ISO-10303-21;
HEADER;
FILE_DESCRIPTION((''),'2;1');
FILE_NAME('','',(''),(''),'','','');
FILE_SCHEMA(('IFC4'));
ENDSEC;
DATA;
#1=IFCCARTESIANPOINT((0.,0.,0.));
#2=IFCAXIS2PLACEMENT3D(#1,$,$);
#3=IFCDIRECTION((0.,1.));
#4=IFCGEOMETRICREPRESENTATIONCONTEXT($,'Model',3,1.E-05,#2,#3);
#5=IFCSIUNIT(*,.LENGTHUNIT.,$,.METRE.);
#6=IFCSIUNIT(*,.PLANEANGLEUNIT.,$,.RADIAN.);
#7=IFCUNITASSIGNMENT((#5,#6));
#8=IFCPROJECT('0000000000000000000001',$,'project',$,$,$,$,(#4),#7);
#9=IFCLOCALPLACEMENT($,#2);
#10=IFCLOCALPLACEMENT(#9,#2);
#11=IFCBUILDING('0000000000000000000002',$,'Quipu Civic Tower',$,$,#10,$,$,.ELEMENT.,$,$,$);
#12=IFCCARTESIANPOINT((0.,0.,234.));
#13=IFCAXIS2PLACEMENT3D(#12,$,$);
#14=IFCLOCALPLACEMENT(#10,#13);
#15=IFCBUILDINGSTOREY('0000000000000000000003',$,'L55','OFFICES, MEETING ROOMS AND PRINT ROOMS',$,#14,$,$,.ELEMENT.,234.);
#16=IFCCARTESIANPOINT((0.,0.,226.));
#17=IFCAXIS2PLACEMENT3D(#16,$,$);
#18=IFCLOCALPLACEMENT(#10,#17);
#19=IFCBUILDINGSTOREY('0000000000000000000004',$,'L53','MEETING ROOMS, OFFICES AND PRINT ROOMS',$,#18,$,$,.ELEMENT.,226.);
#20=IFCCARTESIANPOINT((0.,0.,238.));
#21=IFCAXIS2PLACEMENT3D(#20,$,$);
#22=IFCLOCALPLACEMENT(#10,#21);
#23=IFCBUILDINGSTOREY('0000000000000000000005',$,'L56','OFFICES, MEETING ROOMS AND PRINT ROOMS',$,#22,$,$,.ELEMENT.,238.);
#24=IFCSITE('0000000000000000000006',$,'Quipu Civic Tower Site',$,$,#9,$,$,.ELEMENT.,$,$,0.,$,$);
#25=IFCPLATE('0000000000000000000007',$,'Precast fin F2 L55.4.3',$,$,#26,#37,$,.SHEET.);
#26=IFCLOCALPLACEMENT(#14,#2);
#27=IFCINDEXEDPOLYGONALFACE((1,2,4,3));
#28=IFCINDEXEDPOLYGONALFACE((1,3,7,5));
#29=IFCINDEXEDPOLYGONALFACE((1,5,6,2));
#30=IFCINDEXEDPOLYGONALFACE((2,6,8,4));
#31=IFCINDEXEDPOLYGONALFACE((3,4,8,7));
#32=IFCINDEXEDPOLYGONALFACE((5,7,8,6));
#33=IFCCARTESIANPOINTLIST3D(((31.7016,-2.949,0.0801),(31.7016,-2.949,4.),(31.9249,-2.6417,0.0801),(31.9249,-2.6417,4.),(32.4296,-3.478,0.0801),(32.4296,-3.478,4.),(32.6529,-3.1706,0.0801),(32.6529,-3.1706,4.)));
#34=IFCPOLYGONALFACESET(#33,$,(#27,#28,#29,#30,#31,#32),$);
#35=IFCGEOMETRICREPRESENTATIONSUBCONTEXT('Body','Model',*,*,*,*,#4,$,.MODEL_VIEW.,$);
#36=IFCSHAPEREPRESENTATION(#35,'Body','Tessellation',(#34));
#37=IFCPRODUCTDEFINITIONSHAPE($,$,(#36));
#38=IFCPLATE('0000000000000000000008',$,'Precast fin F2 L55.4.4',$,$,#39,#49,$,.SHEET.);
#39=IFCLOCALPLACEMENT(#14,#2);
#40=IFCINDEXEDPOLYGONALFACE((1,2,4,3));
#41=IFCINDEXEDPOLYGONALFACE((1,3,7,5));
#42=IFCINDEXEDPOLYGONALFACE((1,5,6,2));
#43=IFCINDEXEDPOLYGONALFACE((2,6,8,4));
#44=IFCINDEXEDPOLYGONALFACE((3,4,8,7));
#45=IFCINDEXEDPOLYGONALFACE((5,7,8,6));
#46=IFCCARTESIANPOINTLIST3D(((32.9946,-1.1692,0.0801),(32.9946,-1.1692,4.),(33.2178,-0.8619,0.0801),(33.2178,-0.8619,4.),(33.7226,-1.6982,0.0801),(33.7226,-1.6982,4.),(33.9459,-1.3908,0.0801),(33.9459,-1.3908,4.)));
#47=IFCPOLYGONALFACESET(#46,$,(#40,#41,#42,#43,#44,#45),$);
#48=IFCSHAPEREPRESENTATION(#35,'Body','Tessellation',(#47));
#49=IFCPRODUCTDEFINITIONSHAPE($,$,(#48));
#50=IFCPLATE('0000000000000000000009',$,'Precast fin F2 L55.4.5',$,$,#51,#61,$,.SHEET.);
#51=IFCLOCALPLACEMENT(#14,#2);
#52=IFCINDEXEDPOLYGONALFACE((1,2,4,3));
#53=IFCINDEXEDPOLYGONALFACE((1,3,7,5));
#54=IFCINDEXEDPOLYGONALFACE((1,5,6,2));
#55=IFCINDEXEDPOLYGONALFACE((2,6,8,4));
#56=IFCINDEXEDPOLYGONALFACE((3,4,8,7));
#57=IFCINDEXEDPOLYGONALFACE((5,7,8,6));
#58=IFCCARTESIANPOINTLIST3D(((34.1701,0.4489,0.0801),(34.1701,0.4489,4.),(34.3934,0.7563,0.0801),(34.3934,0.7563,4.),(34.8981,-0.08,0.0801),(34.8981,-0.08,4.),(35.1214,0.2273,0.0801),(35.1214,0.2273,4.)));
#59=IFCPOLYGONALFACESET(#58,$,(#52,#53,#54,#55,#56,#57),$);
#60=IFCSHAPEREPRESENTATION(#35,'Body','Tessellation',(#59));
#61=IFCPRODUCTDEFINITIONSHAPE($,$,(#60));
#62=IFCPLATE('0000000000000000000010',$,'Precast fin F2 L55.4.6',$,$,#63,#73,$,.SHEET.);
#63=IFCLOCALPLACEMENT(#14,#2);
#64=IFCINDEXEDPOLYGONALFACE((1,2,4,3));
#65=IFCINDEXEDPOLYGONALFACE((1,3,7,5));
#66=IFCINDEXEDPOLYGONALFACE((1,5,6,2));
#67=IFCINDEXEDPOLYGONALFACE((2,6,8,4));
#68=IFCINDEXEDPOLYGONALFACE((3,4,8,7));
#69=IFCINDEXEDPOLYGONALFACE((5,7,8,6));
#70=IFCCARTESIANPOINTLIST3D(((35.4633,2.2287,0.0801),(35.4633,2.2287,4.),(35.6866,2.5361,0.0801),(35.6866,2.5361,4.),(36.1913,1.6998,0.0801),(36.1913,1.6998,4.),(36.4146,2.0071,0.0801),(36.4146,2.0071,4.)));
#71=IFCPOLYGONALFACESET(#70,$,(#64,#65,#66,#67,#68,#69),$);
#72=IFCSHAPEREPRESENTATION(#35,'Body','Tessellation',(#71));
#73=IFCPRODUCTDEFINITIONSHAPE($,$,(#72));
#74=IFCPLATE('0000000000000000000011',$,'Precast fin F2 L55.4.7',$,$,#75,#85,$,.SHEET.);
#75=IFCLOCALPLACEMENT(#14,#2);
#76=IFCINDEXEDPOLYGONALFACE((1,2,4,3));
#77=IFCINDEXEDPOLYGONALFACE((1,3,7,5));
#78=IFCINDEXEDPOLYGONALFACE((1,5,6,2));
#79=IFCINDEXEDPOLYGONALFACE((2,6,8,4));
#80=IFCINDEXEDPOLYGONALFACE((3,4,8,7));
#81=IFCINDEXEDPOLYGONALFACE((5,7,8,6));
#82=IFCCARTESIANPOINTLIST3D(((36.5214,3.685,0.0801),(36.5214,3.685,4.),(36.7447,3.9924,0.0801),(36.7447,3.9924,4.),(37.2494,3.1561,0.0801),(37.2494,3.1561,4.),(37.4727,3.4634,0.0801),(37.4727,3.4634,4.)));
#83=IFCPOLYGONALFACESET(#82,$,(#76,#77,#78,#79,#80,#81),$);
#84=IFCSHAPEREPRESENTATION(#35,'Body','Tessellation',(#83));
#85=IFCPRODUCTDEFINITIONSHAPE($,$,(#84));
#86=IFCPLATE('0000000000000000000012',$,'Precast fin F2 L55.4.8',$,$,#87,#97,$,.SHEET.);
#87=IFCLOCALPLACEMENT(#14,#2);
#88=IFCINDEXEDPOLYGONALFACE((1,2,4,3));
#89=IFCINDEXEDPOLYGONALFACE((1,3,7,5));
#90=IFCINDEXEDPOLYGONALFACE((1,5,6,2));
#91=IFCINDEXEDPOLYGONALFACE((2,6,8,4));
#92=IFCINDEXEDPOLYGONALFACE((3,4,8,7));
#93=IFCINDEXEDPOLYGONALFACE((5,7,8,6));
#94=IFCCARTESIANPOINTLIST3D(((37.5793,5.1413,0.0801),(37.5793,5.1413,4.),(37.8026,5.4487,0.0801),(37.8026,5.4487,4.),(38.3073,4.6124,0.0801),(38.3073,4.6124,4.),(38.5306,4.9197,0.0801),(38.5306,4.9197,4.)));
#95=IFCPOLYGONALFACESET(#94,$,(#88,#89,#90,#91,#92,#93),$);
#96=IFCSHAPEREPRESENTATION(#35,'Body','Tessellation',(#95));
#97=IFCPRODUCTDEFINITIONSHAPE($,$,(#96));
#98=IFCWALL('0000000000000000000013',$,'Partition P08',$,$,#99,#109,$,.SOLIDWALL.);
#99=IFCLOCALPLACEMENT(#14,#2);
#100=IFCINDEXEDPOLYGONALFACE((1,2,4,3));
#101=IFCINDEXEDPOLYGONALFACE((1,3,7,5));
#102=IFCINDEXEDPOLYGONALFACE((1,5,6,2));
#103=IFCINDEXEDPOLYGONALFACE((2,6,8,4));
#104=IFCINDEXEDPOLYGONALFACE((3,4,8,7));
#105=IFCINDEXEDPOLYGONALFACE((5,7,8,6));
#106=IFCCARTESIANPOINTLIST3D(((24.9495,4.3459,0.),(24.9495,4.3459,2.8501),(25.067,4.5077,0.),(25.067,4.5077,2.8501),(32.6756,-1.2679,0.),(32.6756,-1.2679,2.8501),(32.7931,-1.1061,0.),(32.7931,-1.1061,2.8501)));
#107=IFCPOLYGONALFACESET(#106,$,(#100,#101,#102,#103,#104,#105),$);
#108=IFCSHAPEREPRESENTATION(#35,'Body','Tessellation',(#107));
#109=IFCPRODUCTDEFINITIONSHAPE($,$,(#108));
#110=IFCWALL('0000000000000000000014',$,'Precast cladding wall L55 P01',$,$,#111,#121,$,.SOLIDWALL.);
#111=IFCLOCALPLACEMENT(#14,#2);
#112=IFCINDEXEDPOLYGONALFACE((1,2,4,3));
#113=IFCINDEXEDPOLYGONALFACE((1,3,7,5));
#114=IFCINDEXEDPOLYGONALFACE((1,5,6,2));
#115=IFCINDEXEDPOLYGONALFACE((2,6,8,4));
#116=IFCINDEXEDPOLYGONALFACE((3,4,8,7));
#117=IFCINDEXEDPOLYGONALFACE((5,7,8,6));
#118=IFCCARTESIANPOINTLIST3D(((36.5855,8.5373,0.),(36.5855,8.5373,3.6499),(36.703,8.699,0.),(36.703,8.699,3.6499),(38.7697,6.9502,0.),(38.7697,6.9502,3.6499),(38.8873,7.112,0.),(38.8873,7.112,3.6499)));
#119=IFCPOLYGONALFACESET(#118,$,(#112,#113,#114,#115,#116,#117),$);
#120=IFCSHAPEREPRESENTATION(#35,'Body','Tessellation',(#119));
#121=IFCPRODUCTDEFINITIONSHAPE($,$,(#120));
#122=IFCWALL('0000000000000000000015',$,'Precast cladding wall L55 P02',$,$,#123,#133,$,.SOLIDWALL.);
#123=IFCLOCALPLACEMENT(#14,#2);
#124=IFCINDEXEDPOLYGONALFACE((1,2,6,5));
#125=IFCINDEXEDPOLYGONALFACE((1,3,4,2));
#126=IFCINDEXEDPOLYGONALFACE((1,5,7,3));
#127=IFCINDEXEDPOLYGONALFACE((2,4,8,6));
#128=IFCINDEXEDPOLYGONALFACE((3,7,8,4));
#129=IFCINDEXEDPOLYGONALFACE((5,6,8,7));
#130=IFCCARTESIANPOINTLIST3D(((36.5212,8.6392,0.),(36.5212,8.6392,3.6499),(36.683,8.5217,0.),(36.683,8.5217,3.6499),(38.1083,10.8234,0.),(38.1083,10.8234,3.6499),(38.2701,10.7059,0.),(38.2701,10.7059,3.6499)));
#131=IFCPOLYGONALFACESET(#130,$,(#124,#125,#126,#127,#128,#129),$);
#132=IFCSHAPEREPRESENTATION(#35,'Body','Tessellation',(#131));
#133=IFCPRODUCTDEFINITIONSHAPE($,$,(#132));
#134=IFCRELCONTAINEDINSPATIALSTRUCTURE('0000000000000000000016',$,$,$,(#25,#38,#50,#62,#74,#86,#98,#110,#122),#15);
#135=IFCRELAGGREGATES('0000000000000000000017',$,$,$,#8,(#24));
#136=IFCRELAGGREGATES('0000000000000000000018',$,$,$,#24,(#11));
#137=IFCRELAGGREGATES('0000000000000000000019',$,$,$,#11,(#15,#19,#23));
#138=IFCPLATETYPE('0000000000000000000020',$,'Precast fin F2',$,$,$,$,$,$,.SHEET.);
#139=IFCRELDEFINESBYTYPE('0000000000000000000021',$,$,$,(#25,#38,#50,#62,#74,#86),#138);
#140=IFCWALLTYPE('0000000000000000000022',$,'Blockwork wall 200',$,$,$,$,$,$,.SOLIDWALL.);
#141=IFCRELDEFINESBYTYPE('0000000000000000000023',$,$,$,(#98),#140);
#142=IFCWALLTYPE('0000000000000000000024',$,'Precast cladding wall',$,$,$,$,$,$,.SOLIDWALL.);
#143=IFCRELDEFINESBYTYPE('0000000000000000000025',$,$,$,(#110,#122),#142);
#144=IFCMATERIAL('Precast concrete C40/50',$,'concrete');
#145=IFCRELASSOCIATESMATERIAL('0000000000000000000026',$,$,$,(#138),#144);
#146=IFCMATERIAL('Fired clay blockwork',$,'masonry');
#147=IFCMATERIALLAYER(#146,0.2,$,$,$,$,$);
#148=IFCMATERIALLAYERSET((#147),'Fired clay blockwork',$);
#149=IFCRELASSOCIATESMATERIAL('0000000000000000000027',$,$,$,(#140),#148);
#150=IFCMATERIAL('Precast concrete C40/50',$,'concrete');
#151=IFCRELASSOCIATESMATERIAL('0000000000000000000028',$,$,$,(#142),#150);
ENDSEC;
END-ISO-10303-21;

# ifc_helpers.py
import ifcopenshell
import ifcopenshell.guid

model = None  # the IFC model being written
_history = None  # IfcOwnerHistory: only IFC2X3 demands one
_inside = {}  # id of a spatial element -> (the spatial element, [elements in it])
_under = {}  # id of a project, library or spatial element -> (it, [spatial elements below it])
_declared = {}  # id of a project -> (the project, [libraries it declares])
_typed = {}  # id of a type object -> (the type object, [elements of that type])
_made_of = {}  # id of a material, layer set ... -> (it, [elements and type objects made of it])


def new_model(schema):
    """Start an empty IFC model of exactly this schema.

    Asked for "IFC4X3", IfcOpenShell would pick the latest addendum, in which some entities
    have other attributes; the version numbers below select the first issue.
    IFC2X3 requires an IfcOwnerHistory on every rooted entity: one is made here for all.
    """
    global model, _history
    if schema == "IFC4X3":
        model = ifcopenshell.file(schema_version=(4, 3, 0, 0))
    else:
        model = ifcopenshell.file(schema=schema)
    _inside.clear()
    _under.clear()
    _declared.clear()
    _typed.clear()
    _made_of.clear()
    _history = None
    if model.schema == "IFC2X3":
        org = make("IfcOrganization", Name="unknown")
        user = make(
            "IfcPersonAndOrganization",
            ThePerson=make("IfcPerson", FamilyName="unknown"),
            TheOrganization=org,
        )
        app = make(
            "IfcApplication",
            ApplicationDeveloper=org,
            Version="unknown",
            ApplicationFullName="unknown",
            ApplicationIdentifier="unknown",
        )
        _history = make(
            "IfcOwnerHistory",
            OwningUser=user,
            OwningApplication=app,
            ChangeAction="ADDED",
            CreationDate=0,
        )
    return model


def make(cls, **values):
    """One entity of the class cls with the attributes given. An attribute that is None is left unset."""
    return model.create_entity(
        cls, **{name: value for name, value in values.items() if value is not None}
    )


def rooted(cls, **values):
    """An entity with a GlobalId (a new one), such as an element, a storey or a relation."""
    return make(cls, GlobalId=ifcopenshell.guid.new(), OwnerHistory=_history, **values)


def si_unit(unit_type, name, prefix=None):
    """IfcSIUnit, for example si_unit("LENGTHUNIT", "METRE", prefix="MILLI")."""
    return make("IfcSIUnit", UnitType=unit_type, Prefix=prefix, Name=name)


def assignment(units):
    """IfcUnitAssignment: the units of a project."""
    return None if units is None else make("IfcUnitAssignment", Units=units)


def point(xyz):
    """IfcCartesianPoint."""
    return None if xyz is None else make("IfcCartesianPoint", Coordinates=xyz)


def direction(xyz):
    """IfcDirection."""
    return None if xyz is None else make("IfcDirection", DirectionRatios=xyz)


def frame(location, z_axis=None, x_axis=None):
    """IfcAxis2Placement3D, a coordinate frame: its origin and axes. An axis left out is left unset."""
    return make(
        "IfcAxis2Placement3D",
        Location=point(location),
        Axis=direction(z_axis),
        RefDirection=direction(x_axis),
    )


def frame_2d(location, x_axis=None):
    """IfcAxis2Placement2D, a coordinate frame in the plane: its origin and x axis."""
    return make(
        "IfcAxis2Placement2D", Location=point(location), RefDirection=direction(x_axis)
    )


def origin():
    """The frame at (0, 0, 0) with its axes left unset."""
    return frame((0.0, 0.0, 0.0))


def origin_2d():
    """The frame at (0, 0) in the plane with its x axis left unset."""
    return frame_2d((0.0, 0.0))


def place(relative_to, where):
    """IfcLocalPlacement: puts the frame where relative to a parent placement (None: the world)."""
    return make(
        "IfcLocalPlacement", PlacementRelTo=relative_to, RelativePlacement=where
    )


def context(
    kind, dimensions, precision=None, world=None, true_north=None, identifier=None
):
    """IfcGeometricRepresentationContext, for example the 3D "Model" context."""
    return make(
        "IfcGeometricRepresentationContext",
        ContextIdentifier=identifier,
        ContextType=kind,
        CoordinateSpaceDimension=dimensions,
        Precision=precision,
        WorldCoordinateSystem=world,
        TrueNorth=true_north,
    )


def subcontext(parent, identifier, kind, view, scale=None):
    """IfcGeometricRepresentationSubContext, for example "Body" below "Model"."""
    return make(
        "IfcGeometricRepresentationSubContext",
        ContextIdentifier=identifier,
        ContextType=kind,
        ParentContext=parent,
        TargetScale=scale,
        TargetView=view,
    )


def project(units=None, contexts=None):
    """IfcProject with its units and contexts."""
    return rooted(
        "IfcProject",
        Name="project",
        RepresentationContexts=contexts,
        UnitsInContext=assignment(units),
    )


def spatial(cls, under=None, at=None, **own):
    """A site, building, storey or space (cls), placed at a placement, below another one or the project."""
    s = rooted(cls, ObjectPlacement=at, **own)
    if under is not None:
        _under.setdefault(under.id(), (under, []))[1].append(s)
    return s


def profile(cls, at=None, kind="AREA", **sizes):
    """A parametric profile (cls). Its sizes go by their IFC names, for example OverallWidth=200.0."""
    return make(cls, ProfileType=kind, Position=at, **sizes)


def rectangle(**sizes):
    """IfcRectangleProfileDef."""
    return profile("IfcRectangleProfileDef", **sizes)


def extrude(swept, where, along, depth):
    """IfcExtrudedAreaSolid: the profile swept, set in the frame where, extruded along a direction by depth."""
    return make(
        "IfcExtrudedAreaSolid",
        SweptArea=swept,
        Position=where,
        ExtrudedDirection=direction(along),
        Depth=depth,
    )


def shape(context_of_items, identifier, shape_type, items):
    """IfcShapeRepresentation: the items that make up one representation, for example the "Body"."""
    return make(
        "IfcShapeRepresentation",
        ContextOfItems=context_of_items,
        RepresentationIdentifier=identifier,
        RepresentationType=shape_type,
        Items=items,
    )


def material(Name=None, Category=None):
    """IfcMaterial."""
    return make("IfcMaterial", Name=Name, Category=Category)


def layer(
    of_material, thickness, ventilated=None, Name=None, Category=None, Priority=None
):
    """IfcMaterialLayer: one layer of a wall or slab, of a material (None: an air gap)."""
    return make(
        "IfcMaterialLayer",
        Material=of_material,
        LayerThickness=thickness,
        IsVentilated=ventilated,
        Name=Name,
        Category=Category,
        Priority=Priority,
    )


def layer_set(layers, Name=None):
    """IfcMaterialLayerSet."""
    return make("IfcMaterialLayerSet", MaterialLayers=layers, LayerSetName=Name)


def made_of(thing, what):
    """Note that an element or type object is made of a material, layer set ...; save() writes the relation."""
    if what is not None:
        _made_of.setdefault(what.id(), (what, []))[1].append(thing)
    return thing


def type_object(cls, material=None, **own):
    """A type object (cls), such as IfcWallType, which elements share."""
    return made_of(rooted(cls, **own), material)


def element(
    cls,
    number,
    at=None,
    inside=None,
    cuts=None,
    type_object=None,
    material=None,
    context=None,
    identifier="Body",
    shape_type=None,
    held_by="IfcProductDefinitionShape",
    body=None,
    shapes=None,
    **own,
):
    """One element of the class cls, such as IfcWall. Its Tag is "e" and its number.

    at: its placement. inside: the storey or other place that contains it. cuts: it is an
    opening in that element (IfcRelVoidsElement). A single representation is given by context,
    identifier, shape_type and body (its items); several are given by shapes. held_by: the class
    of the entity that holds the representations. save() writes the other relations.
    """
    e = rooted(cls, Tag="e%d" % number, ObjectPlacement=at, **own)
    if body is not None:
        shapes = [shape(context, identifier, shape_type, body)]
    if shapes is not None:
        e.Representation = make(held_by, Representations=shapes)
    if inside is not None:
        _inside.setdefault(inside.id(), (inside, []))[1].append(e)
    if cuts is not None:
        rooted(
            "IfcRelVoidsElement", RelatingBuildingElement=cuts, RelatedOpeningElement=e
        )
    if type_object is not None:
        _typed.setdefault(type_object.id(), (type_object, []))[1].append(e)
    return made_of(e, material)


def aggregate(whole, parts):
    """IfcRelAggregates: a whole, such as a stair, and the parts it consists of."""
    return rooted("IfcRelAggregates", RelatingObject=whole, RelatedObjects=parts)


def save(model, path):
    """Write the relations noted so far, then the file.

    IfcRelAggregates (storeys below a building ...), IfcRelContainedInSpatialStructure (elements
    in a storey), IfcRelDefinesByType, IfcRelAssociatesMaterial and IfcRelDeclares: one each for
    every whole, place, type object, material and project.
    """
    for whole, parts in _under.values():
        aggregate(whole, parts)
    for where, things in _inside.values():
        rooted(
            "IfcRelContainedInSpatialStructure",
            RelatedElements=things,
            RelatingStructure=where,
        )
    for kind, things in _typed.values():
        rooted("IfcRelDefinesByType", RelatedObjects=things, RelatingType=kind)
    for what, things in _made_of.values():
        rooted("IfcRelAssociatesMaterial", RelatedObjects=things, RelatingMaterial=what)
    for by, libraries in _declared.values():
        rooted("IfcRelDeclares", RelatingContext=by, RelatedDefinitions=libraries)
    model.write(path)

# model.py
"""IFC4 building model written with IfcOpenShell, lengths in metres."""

from ifc_helpers import new_model, si_unit, direction, frame, frame_2d, origin, origin_2d, place, context, subcontext, project, spatial, rectangle, extrude, material, layer, layer_set, type_object, element, save


model = new_model("IFC4")

# Units and contexts
model_context = context("Model", 3, precision=1e-05, world=origin(), true_north=direction((0.0, 1.0)))
body_context = subcontext(model_context, "Body", "Model", "MODEL_VIEW")
ifc_project = project(units=[si_unit("LENGTHUNIT", "METRE"), si_unit("PLANEANGLEUNIT", "RADIAN")], contexts=[model_context])

# Site, building, storey
site_placement = place(None, origin())
site = spatial("IfcSite", under=ifc_project, at=site_placement, Name="Quipu Civic Tower Site", CompositionType="ELEMENT", RefElevation=0.0)
building_placement = place(site_placement, origin())
building = spatial("IfcBuilding", under=site, at=building_placement, Name="Quipu Civic Tower", CompositionType="ELEMENT")
storey_1_placement = place(building_placement, frame((0.0, 0.0, 234.0)))
storey_1 = spatial("IfcBuildingStorey", under=building, at=storey_1_placement, Name="L55", Description="OFFICES, MEETING ROOMS AND PRINT ROOMS", CompositionType="ELEMENT", Elevation=234.0)

# Shared definitions
storey_2_placement = place(building_placement, frame((0.0, 0.0, 226.0)))
storey_2 = spatial("IfcBuildingStorey", under=building, at=storey_2_placement, Name="L53", Description="MEETING ROOMS, OFFICES AND PRINT ROOMS", CompositionType="ELEMENT", Elevation=226.0)

# Shared definitions
storey_3_placement = place(building_placement, frame((0.0, 0.0, 238.0)))
storey_3 = spatial("IfcBuildingStorey", under=building, at=storey_3_placement, Name="L56", Description="OFFICES, MEETING ROOMS AND PRINT ROOMS", CompositionType="ELEMENT", Elevation=238.0)

# Plates
ifc_material_1 = material(Name="Precast concrete C40/50", Category="concrete")
plate_type_1 = type_object("IfcPlateType", Name="Precast fin F2", PredefinedType="SHEET", material=ifc_material_1)
for number, where, z_axis, x_axis, name in (
    (1, (32.1772, -3.0598, 0.0801), (0.0, 0.0, 1.0), (0.587787, 0.809016, 0.0), "Precast fin F2 L55.4.3"),
    (2, (33.4702, -1.28, 0.0801), (0.0, 0.0, 1.0), (0.587787, 0.809016, 0.0), "Precast fin F2 L55.4.4"),
    (3, (34.6458, 0.3381, 0.0801), (0.0, 0.0, 1.0), (0.587787, 0.809016, 0.0), "Precast fin F2 L55.4.5"),
    (4, (35.939, 2.1179, 0.0801), (0.0, 0.0, 1.0), (0.587787, 0.809016, 0.0), "Precast fin F2 L55.4.6"),
    (5, (36.9971, 3.5742, 0.0801), (0.0, 0.0, 1.0), (0.587787, 0.809016, 0.0), "Precast fin F2 L55.4.7"),
    (6, (38.0549, 5.0305, 0.0801), (0.0, 0.0, 1.0), (0.587787, 0.809016, 0.0), "Precast fin F2 L55.4.8"),
):
    element("IfcPlate", number, at=place(storey_1_placement, frame(where, z_axis=z_axis, x_axis=x_axis)), inside=storey_1, type_object=plate_type_1, Name=name, PredefinedType="SHEET", context=body_context, shape_type="SweptSolid", body=[
        extrude(rectangle(XDim=0.3799, YDim=0.8999, at=origin_2d()), origin(), (0.0, 0.0, 1.0), 3.9199),
    ])

# Walls
ifc_material_2 = material(Name="Fired clay blockwork", Category="masonry")
ifc_layer_1 = layer(ifc_material_2, 0.2)
ifc_layer_set_1 = layer_set([ifc_layer_1], Name="Fired clay blockwork")
wall_type_1 = type_object("IfcWallType", Name="Blockwork wall 200", PredefinedType="SOLIDWALL", material=ifc_layer_set_1)
wall_placement = place(storey_1_placement, frame((32.7344, -1.187, 0.0), z_axis=(0.0, 0.0, 1.0), x_axis=(-0.808995, 0.587816, 0.0)))
element("IfcWall", 7, at=wall_placement, inside=storey_1, type_object=wall_type_1, Name="Partition P08", PredefinedType="SOLIDWALL", context=body_context, shape_type="SweptSolid", body=[
    extrude(rectangle(XDim=9.5503, YDim=0.2, at=frame_2d((4.7751, 0.0))), origin(), (0.0, 0.0, 1.0), 2.8501),
])
ifc_material_3 = material(Name="Precast concrete C40/50", Category="concrete")
wall_type_2 = type_object("IfcWallType", Name="Precast cladding wall", PredefinedType="SOLIDWALL", material=ifc_material_3)
for number, where, z_axis, x_axis, name in (
    (8, (38.8286, 7.031, 0.0), (0.0, 0.0, 1.0), (-0.80899, 0.587822, 0.0), "Precast cladding wall L55 P01"),
    (9, (36.6021, 8.5803, 0.0), (0.0, 0.0, 1.0), (0.587822, 0.80899, 0.0), "Precast cladding wall L55 P02"),
):
    element("IfcWall", number, at=place(storey_1_placement, frame(where, z_axis=z_axis, x_axis=x_axis)), inside=storey_1, type_object=wall_type_2, Name=name, PredefinedType="SOLIDWALL", context=body_context, shape_type="SweptSolid", body=[
        extrude(rectangle(XDim=2.7, YDim=0.2, at=frame_2d((1.3501, 0.0))), origin(), (0.0, 0.0, 1.0), 3.6499),
    ])

save(model, "model.ifc")
